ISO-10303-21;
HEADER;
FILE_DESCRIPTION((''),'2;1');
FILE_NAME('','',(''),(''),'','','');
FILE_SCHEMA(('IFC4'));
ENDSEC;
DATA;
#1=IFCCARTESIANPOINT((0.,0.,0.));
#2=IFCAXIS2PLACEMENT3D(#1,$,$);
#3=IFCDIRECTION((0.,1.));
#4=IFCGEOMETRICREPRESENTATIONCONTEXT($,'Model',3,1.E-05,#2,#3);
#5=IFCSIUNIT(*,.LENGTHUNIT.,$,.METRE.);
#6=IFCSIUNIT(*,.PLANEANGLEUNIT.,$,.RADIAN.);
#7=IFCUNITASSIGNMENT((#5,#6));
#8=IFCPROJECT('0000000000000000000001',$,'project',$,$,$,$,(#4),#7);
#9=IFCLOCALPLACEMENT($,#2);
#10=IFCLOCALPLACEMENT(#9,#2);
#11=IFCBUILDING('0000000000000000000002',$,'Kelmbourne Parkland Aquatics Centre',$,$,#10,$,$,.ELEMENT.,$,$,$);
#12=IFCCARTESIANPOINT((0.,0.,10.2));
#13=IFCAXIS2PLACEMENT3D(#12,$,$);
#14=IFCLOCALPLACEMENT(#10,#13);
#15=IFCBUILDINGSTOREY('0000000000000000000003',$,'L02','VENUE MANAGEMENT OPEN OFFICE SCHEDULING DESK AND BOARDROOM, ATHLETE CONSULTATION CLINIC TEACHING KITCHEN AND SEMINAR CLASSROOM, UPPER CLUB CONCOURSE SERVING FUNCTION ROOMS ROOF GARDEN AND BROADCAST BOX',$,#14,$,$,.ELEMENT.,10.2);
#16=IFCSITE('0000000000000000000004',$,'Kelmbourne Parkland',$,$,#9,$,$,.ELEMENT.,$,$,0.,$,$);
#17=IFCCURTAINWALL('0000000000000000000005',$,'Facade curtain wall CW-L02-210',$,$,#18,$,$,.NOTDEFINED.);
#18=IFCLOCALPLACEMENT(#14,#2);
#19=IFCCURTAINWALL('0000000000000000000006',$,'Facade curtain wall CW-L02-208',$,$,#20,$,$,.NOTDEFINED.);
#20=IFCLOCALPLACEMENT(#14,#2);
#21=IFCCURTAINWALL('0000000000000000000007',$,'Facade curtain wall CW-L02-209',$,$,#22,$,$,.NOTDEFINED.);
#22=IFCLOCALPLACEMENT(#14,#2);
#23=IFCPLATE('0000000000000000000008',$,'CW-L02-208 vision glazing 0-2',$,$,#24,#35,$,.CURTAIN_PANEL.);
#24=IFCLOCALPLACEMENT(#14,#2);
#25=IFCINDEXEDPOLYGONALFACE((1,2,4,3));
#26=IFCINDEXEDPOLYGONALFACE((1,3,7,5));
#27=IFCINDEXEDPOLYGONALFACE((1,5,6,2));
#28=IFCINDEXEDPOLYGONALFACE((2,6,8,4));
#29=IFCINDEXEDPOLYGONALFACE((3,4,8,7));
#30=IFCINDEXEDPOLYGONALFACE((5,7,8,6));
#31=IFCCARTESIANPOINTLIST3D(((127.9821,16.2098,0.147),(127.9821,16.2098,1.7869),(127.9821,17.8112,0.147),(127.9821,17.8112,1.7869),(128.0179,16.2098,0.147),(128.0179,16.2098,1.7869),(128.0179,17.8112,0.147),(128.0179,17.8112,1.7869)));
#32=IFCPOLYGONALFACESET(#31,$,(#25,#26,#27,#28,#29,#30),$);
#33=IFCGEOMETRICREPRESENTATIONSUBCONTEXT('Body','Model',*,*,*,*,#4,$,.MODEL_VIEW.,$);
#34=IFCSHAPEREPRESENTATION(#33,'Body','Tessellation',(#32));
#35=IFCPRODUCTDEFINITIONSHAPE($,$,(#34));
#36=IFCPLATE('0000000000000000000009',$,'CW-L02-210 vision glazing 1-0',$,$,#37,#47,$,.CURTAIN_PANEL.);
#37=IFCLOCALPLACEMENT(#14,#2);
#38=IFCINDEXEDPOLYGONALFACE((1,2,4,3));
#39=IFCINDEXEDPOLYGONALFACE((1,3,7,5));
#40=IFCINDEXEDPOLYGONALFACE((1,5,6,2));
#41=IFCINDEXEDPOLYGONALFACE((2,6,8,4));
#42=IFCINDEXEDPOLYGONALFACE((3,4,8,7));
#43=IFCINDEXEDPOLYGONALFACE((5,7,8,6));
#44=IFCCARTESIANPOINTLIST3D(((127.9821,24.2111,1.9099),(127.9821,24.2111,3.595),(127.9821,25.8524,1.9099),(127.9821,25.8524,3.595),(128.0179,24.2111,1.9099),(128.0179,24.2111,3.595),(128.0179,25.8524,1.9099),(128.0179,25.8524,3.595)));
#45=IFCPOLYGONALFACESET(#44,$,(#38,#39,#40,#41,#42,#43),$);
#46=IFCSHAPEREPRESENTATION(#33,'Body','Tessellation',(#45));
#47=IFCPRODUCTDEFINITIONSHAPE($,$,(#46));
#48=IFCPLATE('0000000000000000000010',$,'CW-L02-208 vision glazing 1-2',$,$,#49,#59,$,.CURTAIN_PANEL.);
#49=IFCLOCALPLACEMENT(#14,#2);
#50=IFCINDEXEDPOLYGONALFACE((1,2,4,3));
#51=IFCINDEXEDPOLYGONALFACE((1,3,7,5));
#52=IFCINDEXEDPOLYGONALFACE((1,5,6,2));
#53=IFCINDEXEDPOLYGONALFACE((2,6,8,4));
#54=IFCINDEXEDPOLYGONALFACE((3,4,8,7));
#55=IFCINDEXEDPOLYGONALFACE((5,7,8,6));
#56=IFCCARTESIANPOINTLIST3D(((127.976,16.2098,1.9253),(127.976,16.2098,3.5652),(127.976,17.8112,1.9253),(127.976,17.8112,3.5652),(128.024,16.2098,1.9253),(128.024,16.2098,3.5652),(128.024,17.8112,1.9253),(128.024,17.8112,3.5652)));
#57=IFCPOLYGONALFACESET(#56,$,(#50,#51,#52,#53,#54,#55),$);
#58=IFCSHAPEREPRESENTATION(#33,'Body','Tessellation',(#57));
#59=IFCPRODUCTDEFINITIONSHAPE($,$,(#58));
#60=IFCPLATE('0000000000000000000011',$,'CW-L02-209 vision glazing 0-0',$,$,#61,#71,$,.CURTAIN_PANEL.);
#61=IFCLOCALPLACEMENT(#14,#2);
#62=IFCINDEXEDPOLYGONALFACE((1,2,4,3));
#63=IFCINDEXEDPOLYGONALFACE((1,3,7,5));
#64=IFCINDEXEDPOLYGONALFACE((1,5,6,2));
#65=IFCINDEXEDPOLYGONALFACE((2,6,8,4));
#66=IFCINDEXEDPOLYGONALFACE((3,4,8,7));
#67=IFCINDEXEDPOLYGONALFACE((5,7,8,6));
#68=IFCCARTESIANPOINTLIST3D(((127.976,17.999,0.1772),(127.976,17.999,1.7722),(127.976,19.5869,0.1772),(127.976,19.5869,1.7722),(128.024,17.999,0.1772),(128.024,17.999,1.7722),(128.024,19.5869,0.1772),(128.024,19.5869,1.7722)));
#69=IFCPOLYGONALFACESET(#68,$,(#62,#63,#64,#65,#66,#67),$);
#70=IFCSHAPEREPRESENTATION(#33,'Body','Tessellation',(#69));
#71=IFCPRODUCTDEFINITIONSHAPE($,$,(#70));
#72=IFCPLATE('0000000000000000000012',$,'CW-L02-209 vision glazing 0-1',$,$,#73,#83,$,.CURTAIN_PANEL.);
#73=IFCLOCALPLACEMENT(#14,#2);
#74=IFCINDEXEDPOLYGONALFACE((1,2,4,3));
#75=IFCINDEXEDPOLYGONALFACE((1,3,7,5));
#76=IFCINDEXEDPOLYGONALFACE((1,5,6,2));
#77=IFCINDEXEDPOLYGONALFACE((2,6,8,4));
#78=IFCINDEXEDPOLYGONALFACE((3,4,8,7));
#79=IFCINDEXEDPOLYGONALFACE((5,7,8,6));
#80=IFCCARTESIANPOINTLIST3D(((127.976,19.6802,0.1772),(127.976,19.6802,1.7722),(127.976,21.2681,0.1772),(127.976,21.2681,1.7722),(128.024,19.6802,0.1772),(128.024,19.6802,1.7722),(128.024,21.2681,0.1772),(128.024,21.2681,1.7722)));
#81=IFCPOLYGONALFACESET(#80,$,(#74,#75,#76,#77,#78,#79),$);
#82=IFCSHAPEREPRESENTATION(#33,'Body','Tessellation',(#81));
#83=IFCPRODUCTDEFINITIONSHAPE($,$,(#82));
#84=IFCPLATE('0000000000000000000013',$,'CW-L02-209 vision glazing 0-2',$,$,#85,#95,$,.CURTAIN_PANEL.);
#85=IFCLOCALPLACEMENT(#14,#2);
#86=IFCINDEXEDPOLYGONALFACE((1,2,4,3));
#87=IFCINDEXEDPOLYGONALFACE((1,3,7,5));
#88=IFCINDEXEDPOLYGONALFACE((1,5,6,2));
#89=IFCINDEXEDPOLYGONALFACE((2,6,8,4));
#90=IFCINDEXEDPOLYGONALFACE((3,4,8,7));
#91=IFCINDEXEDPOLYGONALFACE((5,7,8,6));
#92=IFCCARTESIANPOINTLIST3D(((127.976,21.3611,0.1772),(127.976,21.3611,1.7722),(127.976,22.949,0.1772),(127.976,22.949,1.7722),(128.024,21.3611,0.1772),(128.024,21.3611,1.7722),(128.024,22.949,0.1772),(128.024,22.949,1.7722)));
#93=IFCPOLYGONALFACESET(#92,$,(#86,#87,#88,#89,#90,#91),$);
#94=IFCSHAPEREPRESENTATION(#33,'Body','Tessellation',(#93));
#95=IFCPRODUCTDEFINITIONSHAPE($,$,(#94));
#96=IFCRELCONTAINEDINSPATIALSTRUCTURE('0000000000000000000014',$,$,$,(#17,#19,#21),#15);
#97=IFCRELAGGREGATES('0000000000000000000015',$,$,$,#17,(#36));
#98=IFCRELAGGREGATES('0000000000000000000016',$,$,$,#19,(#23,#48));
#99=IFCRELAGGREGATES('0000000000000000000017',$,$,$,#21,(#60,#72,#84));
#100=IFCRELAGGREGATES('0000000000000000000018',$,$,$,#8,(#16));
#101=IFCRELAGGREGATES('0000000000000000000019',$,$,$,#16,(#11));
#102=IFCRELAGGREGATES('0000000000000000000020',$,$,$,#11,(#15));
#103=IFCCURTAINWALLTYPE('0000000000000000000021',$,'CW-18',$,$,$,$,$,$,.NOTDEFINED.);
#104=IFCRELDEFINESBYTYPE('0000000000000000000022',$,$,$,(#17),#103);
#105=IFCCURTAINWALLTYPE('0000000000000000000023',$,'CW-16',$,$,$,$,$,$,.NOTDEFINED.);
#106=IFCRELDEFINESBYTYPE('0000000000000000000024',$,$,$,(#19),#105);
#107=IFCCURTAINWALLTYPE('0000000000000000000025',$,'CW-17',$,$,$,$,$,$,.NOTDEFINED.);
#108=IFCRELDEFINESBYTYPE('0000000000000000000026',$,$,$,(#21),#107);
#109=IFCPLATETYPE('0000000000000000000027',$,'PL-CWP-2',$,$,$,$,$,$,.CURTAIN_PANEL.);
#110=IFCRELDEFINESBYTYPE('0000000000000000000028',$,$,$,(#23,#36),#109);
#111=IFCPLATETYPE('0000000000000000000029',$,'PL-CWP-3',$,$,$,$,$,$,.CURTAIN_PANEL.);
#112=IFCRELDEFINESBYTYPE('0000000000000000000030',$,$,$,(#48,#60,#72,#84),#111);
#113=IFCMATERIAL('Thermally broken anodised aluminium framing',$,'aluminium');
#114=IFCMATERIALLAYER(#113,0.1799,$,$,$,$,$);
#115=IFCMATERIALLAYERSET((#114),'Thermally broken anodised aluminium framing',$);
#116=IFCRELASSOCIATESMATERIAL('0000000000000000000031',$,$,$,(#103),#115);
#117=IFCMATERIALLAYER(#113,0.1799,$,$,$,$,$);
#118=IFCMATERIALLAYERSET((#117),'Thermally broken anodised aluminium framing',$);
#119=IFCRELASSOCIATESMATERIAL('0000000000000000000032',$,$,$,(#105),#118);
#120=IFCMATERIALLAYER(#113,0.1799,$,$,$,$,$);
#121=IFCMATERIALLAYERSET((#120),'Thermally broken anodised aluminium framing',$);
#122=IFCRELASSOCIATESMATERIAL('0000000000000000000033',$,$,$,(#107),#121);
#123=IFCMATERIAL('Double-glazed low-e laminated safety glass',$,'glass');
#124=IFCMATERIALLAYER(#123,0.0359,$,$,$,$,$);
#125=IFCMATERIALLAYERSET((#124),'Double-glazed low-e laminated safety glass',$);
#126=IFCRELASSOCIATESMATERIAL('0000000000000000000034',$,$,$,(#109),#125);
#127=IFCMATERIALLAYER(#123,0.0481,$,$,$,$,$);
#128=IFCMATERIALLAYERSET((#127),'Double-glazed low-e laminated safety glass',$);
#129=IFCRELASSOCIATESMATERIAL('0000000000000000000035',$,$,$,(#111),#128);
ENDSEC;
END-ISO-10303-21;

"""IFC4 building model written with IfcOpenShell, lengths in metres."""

from ifc_helpers import new_model, si_unit, direction, frame, origin, origin_2d, place, context, subcontext, project, spatial, rectangle, extrude, material, layer, layer_set, type_object, element, aggregate, save


model = new_model("IFC4")

# Units and contexts
model_context = context("Model", 3, precision=1e-05, world=origin(), true_north=direction((0.0, 1.0)))
body_context = subcontext(model_context, "Body", "Model", "MODEL_VIEW")
ifc_project = project(units=[si_unit("LENGTHUNIT", "METRE"), si_unit("PLANEANGLEUNIT", "RADIAN")], contexts=[model_context])

# Site, building, storey
site_placement = place(None, origin())
site = spatial("IfcSite", under=ifc_project, at=site_placement, Name="Kelmbourne Parkland", CompositionType="ELEMENT", RefElevation=0.0)
building_placement = place(site_placement, origin())
building = spatial("IfcBuilding", under=site, at=building_placement, Name="Kelmbourne Parkland Aquatics Centre", CompositionType="ELEMENT")
storey_placement = place(building_placement, frame((0.0, 0.0, 10.2)))
storey = spatial("IfcBuildingStorey", under=building, at=storey_placement, Name="L02", Description="VENUE MANAGEMENT OPEN OFFICE SCHEDULING DESK AND BOARDROOM, ATHLETE CONSULTATION CLINIC TEACHING KITCHEN AND SEMINAR CLASSROOM, UPPER CLUB CONCOURSE SERVING FUNCTION ROOMS ROOF GARDEN AND BROADCAST BOX", CompositionType="ELEMENT", Elevation=10.2)

# Curtain walls
ifc_material_1 = material(Name="Thermally broken anodised aluminium framing", Category="aluminium")
ifc_layer_1 = layer(ifc_material_1, 0.1799)
ifc_layer_set_1 = layer_set([ifc_layer_1], Name="Thermally broken anodised aluminium framing")
curtain_wall_type_1 = type_object("IfcCurtainWallType", Name="CW-18", PredefinedType="NOTDEFINED", material=ifc_layer_set_1)
curtain_wall_1_placement = place(storey_placement, origin())
curtain_wall_1 = element("IfcCurtainWall", 1, at=curtain_wall_1_placement, inside=storey, type_object=curtain_wall_type_1, Name="Facade curtain wall CW-L02-210", PredefinedType="NOTDEFINED")
ifc_layer_2 = layer(ifc_material_1, 0.1799)
ifc_layer_set_2 = layer_set([ifc_layer_2], Name="Thermally broken anodised aluminium framing")
curtain_wall_type_2 = type_object("IfcCurtainWallType", Name="CW-16", PredefinedType="NOTDEFINED", material=ifc_layer_set_2)
curtain_wall_2_placement = place(storey_placement, origin())
curtain_wall_2 = element("IfcCurtainWall", 2, at=curtain_wall_2_placement, inside=storey, type_object=curtain_wall_type_2, Name="Facade curtain wall CW-L02-208", PredefinedType="NOTDEFINED")

# Curtain wall
ifc_layer_3 = layer(ifc_material_1, 0.1799)
ifc_layer_set_3 = layer_set([ifc_layer_3], Name="Thermally broken anodised aluminium framing")
curtain_wall_type_3 = type_object("IfcCurtainWallType", Name="CW-17", PredefinedType="NOTDEFINED", material=ifc_layer_set_3)
curtain_wall_3_placement = place(storey_placement, origin())
curtain_wall_3 = element("IfcCurtainWall", 3, at=curtain_wall_3_placement, inside=storey, type_object=curtain_wall_type_3, Name="Facade curtain wall CW-L02-209", PredefinedType="NOTDEFINED")

# Plates
ifc_material_2 = material(Name="Double-glazed low-e laminated safety glass", Category="glass")
ifc_layer_4 = layer(ifc_material_2, 0.0359)
ifc_layer_set_4 = layer_set([ifc_layer_4], Name="Double-glazed low-e laminated safety glass")
plate_type_1 = type_object("IfcPlateType", Name="PL-CWP-2", PredefinedType="CURTAIN_PANEL", material=ifc_layer_set_4)
plate_1_placement = place(storey_placement, frame((128.0, 17.0105, 0.147), z_axis=(0.0, 0.0, 1.0), x_axis=(0.0, 1.0, 0.0)))
plate_1 = element("IfcPlate", 4, at=plate_1_placement, type_object=plate_type_1, Name="CW-L02-208 vision glazing 0-2", PredefinedType="CURTAIN_PANEL", context=body_context, shape_type="SweptSolid", body=[
    extrude(rectangle(XDim=1.6013, YDim=0.0359, at=origin_2d()), origin(), (0.0, 0.0, 1.0), 1.6399),
])
plate_2_placement = place(storey_placement, frame((128.0, 25.0317, 1.9099), z_axis=(0.0, 0.0, 1.0), x_axis=(0.0, 1.0, 0.0)))
plate_2 = element("IfcPlate", 5, at=plate_2_placement, type_object=plate_type_1, Name="CW-L02-210 vision glazing 1-0", PredefinedType="CURTAIN_PANEL", context=body_context, shape_type="SweptSolid", body=[
    extrude(rectangle(XDim=1.6414, YDim=0.0359, at=origin_2d()), origin(), (0.0, 0.0, 1.0), 1.6851),
])
aggregate(curtain_wall_1, [plate_2])
ifc_layer_5 = layer(ifc_material_2, 0.0481)
ifc_layer_set_5 = layer_set([ifc_layer_5], Name="Double-glazed low-e laminated safety glass")
plate_type_2 = type_object("IfcPlateType", Name="PL-CWP-3", PredefinedType="CURTAIN_PANEL", material=ifc_layer_set_5)
plate_3_placement = place(storey_placement, frame((128.0, 17.0105, 1.9253), z_axis=(0.0, 0.0, 1.0), x_axis=(0.0, 1.0, 0.0)))
plate_3 = element("IfcPlate", 6, at=plate_3_placement, type_object=plate_type_2, Name="CW-L02-208 vision glazing 1-2", PredefinedType="CURTAIN_PANEL", context=body_context, shape_type="SweptSolid", body=[
    extrude(rectangle(XDim=1.6013, YDim=0.0481, at=origin_2d()), origin(), (0.0, 0.0, 1.0), 1.6399),
])
aggregate(curtain_wall_2, [plate_1, plate_3])
plate_4_placement = place(storey_placement, frame((128.0, 18.793, 0.1772), z_axis=(0.0, 0.0, 1.0), x_axis=(0.0, 1.0, 0.0)))
plate_4 = element("IfcPlate", 7, at=plate_4_placement, type_object=plate_type_2, Name="CW-L02-209 vision glazing 0-0", PredefinedType="CURTAIN_PANEL", context=body_context, shape_type="SweptSolid", body=[
    extrude(rectangle(XDim=1.5879, YDim=0.0481, at=origin_2d()), origin(), (0.0, 0.0, 1.0), 1.595),
])
plate_5_placement = place(storey_placement, frame((128.0, 20.4741, 0.1772), z_axis=(0.0, 0.0, 1.0), x_axis=(0.0, 1.0, 0.0)))
plate_5 = element("IfcPlate", 8, at=plate_5_placement, type_object=plate_type_2, Name="CW-L02-209 vision glazing 0-1", PredefinedType="CURTAIN_PANEL", context=body_context, shape_type="SweptSolid", body=[
    extrude(rectangle(XDim=1.5879, YDim=0.0481, at=origin_2d()), origin(), (0.0, 0.0, 1.0), 1.595),
])
plate_6_placement = place(storey_placement, frame((128.0, 22.155, 0.1772), z_axis=(0.0, 0.0, 1.0), x_axis=(0.0, 1.0, 0.0)))
plate_6 = element("IfcPlate", 9, at=plate_6_placement, type_object=plate_type_2, Name="CW-L02-209 vision glazing 0-2", PredefinedType="CURTAIN_PANEL", context=body_context, shape_type="SweptSolid", body=[
    extrude(rectangle(XDim=1.5879, YDim=0.0481, at=origin_2d()), origin(), (0.0, 0.0, 1.0), 1.595),
])
aggregate(curtain_wall_3, [plate_4, plate_5, plate_6])

save(model, "model.ifc")
